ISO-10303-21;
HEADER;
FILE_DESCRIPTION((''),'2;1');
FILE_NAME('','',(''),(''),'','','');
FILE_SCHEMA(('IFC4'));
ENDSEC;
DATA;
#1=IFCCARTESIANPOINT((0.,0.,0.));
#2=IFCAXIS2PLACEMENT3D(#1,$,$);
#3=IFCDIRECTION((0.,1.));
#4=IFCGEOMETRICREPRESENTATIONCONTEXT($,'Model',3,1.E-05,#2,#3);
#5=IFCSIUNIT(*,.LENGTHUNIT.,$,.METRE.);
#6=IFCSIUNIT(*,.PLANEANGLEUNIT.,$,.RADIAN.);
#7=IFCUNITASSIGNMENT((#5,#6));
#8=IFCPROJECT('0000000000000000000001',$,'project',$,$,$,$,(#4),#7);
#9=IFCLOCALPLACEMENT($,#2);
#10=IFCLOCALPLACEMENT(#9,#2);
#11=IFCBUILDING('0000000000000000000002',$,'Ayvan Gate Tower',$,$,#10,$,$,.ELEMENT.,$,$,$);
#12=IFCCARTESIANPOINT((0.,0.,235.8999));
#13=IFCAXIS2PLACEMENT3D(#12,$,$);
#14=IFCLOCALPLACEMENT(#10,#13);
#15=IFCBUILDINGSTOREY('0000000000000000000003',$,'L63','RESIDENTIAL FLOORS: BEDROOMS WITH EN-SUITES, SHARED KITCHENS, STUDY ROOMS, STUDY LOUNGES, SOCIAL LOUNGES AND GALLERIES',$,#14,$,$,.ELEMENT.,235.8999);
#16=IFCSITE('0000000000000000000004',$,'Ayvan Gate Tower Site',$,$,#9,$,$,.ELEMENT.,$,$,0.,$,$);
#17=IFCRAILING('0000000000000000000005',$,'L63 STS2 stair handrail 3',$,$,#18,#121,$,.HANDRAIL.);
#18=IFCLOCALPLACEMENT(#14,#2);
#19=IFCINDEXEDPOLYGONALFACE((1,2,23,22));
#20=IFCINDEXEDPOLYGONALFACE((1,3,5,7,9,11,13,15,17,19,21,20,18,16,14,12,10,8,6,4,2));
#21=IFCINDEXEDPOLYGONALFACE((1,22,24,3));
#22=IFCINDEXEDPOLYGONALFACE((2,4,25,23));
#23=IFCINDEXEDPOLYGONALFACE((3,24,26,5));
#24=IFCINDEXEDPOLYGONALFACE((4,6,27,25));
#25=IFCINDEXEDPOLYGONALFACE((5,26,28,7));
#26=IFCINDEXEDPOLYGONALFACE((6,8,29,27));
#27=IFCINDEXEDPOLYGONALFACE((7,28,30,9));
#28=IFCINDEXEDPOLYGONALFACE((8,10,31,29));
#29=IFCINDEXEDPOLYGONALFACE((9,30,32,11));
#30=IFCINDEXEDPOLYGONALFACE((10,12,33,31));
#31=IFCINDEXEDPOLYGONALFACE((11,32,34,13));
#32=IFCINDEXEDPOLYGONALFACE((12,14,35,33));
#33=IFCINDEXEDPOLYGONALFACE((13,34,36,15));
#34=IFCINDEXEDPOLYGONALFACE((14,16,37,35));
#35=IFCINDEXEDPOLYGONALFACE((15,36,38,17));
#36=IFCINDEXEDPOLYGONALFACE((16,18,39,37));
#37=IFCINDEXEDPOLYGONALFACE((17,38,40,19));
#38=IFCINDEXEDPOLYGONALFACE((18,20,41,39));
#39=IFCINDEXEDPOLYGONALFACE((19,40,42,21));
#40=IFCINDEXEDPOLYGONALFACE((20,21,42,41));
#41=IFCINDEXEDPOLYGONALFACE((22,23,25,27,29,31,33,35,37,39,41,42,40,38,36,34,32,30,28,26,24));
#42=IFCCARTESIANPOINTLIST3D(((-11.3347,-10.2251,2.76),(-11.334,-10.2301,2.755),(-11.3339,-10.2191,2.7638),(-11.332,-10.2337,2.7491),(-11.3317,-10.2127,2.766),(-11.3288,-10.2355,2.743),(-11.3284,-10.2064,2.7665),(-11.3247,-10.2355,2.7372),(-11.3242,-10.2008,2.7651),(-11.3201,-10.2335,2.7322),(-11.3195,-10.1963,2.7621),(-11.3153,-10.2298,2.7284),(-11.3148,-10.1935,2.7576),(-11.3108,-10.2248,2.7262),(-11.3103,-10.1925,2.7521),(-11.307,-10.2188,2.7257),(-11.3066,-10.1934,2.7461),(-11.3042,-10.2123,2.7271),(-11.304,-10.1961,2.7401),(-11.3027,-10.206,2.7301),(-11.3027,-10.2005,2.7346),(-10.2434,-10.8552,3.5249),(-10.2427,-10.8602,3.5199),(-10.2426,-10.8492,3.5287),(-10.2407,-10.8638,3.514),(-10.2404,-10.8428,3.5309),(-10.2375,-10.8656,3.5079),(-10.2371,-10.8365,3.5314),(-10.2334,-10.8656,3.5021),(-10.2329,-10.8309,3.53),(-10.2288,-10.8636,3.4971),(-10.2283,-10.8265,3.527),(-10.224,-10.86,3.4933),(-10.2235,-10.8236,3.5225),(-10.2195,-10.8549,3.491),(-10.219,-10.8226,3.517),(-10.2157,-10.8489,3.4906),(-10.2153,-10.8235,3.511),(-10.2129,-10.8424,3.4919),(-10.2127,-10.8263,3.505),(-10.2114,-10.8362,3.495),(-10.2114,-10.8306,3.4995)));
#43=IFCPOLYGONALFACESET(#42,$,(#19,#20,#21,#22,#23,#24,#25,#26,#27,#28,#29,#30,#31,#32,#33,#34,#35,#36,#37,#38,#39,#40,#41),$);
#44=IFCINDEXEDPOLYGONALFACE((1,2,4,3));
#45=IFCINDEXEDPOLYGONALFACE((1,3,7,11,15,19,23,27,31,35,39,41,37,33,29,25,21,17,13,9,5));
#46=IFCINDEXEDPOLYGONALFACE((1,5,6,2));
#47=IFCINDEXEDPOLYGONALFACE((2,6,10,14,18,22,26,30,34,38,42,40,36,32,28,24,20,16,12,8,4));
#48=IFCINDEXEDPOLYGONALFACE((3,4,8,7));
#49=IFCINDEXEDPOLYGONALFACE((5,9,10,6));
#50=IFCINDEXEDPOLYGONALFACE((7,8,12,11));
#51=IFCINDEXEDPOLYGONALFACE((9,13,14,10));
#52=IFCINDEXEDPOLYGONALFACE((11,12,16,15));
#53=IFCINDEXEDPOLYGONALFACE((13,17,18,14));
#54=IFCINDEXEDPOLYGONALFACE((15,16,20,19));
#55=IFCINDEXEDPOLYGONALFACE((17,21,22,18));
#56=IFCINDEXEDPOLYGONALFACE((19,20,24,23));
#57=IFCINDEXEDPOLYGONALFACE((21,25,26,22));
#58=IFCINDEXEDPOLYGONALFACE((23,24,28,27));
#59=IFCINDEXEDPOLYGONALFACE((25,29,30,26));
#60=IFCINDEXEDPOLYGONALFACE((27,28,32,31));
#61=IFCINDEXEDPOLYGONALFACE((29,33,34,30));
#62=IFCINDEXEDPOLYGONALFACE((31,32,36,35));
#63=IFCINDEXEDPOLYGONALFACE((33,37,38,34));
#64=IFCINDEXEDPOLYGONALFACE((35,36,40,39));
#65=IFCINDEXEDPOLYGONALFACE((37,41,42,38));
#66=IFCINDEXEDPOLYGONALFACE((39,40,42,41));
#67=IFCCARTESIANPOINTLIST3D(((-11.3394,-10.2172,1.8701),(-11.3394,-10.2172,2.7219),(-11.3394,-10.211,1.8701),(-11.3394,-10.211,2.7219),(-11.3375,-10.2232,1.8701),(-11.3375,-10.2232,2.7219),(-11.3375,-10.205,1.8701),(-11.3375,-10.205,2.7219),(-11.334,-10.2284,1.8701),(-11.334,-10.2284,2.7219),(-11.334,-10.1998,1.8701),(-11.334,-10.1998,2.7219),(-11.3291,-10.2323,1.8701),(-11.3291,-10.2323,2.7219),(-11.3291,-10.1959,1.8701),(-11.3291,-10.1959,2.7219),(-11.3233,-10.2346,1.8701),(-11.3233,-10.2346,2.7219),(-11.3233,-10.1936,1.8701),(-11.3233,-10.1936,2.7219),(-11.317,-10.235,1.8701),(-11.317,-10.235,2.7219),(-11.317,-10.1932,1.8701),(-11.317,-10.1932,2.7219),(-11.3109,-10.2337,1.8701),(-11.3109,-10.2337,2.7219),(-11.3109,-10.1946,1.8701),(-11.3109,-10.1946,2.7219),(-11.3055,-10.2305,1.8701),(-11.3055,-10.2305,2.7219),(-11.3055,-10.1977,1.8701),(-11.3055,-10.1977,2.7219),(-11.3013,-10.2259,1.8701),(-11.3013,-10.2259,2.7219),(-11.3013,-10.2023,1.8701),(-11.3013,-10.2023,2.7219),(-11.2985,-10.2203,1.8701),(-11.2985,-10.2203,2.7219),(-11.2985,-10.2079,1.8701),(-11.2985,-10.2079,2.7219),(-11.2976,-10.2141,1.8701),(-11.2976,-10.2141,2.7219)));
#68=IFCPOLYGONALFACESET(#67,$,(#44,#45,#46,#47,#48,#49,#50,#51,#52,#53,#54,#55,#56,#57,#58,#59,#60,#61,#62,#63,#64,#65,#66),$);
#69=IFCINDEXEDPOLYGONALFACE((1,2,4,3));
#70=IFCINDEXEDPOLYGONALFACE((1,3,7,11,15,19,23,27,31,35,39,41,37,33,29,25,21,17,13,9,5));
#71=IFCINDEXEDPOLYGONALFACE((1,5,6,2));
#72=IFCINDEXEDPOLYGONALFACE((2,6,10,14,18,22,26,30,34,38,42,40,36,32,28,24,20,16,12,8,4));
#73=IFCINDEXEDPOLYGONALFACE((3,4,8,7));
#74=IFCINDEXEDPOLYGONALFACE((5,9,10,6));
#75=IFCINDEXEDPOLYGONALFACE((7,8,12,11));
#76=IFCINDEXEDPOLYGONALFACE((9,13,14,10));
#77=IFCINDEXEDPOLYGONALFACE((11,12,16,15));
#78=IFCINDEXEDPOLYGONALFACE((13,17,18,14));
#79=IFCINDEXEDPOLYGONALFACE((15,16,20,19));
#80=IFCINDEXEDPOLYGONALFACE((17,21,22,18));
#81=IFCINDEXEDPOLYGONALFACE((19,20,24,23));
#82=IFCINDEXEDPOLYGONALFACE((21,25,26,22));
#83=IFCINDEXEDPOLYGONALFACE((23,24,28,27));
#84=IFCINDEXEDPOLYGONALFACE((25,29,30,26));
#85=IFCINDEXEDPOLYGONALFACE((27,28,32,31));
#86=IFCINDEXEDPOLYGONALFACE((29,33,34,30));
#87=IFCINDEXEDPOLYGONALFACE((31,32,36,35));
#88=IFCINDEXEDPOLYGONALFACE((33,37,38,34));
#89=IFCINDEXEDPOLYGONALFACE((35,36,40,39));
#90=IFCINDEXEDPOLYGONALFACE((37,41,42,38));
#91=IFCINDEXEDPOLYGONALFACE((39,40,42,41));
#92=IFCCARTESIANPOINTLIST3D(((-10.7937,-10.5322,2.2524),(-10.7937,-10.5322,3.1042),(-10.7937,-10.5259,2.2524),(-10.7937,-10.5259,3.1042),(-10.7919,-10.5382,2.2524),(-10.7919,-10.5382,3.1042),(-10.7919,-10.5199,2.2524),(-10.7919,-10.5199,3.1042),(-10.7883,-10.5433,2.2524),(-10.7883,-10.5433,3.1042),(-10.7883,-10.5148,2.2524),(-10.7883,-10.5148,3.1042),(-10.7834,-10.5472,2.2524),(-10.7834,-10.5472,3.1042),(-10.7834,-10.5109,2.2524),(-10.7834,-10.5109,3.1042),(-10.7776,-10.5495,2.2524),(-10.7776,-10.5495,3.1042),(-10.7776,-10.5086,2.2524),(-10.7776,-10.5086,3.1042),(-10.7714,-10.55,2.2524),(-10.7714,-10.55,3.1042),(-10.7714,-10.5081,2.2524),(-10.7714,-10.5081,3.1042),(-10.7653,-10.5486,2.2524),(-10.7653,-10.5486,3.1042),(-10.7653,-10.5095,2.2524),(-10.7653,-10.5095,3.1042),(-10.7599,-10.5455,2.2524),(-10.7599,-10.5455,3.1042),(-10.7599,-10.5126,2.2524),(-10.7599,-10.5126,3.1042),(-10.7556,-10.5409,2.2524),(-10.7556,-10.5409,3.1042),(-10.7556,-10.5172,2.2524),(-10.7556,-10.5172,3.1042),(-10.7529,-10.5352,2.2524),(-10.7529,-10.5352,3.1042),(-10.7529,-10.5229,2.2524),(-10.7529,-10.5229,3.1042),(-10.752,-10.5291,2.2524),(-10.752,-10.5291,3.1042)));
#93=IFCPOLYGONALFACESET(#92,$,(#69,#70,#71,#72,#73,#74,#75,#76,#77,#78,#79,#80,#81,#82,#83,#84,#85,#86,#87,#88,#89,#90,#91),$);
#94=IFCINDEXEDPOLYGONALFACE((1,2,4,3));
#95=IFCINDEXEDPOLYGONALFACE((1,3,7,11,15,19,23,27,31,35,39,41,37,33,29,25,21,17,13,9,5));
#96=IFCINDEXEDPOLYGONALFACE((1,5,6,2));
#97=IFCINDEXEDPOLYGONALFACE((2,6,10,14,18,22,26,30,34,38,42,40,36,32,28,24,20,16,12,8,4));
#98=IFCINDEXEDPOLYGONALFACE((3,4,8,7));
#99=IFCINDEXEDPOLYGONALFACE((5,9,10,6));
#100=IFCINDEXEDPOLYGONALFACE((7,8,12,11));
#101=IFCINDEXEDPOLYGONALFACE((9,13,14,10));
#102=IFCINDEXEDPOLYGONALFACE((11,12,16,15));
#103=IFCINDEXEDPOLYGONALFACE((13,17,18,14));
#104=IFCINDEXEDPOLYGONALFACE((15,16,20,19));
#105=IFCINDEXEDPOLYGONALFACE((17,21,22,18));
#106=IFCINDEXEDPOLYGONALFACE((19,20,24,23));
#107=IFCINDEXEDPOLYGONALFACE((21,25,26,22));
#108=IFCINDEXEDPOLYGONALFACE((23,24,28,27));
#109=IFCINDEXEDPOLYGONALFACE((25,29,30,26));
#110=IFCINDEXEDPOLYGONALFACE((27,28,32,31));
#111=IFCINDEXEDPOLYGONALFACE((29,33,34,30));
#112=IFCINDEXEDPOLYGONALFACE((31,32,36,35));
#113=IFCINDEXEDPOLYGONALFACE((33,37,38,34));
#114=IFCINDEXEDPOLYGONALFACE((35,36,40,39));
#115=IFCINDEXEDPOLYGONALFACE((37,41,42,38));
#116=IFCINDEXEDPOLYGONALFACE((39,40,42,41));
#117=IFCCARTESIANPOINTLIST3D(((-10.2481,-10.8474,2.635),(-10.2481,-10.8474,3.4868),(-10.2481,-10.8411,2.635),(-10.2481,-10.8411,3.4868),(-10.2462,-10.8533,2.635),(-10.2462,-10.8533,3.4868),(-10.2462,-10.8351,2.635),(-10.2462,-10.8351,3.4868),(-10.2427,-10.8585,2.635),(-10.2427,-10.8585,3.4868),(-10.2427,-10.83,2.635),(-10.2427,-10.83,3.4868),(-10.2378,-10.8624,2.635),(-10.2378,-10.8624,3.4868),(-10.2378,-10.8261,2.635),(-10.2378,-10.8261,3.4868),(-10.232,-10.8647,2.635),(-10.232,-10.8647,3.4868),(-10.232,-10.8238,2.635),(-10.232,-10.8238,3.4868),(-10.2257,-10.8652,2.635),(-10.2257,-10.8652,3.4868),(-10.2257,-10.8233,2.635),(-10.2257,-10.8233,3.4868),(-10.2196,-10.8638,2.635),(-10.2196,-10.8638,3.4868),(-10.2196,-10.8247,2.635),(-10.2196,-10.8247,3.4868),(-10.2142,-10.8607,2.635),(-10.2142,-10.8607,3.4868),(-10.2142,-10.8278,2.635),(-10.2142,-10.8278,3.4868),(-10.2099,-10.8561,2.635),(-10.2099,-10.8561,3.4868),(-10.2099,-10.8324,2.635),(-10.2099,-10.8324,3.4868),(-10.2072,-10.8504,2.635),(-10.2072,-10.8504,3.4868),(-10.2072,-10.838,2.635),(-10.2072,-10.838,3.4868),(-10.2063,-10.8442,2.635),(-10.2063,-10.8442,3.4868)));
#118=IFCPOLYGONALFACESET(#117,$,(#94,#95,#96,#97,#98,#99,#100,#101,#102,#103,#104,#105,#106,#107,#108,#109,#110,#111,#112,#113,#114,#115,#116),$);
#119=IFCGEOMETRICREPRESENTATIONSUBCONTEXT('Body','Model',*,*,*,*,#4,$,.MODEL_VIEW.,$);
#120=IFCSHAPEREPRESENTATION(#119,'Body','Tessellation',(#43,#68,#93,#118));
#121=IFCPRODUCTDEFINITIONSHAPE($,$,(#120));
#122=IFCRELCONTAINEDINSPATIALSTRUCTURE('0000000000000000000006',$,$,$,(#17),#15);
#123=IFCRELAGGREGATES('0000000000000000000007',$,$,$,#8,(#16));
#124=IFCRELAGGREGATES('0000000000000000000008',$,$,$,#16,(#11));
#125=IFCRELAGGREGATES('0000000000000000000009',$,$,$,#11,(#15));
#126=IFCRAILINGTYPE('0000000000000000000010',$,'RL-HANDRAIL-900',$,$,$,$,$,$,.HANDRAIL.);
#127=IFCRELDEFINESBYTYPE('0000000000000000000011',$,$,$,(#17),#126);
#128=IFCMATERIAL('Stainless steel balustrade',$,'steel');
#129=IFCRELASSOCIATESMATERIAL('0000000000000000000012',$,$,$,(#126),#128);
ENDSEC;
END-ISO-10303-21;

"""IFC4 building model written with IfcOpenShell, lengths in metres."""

from ifc_helpers import new_model, si_unit, direction, frame, origin, origin_2d, place, context, subcontext, project, spatial, circle, extrude, material, type_object, element, save


model = new_model("IFC4")

# Units and contexts
model_context = context("Model", 3, precision=1e-05, world=origin(), true_north=direction((0.0, 1.0)))
body_context = subcontext(model_context, "Body", "Model", "MODEL_VIEW")
ifc_project = project(units=[si_unit("LENGTHUNIT", "METRE"), si_unit("PLANEANGLEUNIT", "RADIAN")], contexts=[model_context])

# Site, building, storey
site_placement = place(None, origin())
site = spatial("IfcSite", under=ifc_project, at=site_placement, Name="Ayvan Gate Tower Site", CompositionType="ELEMENT", RefElevation=0.0)
building_placement = place(site_placement, origin())
building = spatial("IfcBuilding", under=site, at=building_placement, Name="Ayvan Gate Tower", CompositionType="ELEMENT")
storey_placement = place(building_placement, frame((0.0, 0.0, 235.8999)))
storey = spatial("IfcBuildingStorey", under=building, at=storey_placement, Name="L63", Description="RESIDENTIAL FLOORS: BEDROOMS WITH EN-SUITES, SHARED KITCHENS, STUDY ROOMS, STUDY LOUNGES, SOCIAL LOUNGES AND GALLERIES", CompositionType="ELEMENT", Elevation=235.8999)

# Railing
ifc_material_1 = material(Name="Stainless steel balustrade", Category="steel")
railing_type_1 = type_object("IfcRailingType", Name="RL-HANDRAIL-900", PredefinedType="HANDRAIL", material=ifc_material_1)
railing_1_placement = place(storey_placement, frame((-11.3186, -10.2141, 1.8701)))
element("IfcRailing", 1, at=railing_1_placement, inside=storey, type_object=railing_type_1, Name="L63 STS2 stair handrail 3", PredefinedType="HANDRAIL", context=body_context, shape_type="SweptSolid", body=[
    extrude(circle(Radius=0.0239, at=origin_2d()), frame((0.0, 0.0, 0.876), z_axis=(0.740304, -0.427455, 0.518875), x_axis=(0.500035, 0.866005, 0.0)), (0.0, 0.0, 1.0), 1.4741),
    extrude(circle(Radius=0.021, at=origin_2d()), origin(), (0.0, 0.0, 1.0), 0.8518),
    extrude(circle(Radius=0.021, at=origin_2d()), frame((0.5457, -0.3149, 0.3823)), (0.0, 0.0, 1.0), 0.8518),
    extrude(circle(Radius=0.021, at=origin_2d()), frame((1.0913, -0.6301, 0.7649)), (0.0, 0.0, 1.0), 0.8518),
])

save(model, "model.ifc")
